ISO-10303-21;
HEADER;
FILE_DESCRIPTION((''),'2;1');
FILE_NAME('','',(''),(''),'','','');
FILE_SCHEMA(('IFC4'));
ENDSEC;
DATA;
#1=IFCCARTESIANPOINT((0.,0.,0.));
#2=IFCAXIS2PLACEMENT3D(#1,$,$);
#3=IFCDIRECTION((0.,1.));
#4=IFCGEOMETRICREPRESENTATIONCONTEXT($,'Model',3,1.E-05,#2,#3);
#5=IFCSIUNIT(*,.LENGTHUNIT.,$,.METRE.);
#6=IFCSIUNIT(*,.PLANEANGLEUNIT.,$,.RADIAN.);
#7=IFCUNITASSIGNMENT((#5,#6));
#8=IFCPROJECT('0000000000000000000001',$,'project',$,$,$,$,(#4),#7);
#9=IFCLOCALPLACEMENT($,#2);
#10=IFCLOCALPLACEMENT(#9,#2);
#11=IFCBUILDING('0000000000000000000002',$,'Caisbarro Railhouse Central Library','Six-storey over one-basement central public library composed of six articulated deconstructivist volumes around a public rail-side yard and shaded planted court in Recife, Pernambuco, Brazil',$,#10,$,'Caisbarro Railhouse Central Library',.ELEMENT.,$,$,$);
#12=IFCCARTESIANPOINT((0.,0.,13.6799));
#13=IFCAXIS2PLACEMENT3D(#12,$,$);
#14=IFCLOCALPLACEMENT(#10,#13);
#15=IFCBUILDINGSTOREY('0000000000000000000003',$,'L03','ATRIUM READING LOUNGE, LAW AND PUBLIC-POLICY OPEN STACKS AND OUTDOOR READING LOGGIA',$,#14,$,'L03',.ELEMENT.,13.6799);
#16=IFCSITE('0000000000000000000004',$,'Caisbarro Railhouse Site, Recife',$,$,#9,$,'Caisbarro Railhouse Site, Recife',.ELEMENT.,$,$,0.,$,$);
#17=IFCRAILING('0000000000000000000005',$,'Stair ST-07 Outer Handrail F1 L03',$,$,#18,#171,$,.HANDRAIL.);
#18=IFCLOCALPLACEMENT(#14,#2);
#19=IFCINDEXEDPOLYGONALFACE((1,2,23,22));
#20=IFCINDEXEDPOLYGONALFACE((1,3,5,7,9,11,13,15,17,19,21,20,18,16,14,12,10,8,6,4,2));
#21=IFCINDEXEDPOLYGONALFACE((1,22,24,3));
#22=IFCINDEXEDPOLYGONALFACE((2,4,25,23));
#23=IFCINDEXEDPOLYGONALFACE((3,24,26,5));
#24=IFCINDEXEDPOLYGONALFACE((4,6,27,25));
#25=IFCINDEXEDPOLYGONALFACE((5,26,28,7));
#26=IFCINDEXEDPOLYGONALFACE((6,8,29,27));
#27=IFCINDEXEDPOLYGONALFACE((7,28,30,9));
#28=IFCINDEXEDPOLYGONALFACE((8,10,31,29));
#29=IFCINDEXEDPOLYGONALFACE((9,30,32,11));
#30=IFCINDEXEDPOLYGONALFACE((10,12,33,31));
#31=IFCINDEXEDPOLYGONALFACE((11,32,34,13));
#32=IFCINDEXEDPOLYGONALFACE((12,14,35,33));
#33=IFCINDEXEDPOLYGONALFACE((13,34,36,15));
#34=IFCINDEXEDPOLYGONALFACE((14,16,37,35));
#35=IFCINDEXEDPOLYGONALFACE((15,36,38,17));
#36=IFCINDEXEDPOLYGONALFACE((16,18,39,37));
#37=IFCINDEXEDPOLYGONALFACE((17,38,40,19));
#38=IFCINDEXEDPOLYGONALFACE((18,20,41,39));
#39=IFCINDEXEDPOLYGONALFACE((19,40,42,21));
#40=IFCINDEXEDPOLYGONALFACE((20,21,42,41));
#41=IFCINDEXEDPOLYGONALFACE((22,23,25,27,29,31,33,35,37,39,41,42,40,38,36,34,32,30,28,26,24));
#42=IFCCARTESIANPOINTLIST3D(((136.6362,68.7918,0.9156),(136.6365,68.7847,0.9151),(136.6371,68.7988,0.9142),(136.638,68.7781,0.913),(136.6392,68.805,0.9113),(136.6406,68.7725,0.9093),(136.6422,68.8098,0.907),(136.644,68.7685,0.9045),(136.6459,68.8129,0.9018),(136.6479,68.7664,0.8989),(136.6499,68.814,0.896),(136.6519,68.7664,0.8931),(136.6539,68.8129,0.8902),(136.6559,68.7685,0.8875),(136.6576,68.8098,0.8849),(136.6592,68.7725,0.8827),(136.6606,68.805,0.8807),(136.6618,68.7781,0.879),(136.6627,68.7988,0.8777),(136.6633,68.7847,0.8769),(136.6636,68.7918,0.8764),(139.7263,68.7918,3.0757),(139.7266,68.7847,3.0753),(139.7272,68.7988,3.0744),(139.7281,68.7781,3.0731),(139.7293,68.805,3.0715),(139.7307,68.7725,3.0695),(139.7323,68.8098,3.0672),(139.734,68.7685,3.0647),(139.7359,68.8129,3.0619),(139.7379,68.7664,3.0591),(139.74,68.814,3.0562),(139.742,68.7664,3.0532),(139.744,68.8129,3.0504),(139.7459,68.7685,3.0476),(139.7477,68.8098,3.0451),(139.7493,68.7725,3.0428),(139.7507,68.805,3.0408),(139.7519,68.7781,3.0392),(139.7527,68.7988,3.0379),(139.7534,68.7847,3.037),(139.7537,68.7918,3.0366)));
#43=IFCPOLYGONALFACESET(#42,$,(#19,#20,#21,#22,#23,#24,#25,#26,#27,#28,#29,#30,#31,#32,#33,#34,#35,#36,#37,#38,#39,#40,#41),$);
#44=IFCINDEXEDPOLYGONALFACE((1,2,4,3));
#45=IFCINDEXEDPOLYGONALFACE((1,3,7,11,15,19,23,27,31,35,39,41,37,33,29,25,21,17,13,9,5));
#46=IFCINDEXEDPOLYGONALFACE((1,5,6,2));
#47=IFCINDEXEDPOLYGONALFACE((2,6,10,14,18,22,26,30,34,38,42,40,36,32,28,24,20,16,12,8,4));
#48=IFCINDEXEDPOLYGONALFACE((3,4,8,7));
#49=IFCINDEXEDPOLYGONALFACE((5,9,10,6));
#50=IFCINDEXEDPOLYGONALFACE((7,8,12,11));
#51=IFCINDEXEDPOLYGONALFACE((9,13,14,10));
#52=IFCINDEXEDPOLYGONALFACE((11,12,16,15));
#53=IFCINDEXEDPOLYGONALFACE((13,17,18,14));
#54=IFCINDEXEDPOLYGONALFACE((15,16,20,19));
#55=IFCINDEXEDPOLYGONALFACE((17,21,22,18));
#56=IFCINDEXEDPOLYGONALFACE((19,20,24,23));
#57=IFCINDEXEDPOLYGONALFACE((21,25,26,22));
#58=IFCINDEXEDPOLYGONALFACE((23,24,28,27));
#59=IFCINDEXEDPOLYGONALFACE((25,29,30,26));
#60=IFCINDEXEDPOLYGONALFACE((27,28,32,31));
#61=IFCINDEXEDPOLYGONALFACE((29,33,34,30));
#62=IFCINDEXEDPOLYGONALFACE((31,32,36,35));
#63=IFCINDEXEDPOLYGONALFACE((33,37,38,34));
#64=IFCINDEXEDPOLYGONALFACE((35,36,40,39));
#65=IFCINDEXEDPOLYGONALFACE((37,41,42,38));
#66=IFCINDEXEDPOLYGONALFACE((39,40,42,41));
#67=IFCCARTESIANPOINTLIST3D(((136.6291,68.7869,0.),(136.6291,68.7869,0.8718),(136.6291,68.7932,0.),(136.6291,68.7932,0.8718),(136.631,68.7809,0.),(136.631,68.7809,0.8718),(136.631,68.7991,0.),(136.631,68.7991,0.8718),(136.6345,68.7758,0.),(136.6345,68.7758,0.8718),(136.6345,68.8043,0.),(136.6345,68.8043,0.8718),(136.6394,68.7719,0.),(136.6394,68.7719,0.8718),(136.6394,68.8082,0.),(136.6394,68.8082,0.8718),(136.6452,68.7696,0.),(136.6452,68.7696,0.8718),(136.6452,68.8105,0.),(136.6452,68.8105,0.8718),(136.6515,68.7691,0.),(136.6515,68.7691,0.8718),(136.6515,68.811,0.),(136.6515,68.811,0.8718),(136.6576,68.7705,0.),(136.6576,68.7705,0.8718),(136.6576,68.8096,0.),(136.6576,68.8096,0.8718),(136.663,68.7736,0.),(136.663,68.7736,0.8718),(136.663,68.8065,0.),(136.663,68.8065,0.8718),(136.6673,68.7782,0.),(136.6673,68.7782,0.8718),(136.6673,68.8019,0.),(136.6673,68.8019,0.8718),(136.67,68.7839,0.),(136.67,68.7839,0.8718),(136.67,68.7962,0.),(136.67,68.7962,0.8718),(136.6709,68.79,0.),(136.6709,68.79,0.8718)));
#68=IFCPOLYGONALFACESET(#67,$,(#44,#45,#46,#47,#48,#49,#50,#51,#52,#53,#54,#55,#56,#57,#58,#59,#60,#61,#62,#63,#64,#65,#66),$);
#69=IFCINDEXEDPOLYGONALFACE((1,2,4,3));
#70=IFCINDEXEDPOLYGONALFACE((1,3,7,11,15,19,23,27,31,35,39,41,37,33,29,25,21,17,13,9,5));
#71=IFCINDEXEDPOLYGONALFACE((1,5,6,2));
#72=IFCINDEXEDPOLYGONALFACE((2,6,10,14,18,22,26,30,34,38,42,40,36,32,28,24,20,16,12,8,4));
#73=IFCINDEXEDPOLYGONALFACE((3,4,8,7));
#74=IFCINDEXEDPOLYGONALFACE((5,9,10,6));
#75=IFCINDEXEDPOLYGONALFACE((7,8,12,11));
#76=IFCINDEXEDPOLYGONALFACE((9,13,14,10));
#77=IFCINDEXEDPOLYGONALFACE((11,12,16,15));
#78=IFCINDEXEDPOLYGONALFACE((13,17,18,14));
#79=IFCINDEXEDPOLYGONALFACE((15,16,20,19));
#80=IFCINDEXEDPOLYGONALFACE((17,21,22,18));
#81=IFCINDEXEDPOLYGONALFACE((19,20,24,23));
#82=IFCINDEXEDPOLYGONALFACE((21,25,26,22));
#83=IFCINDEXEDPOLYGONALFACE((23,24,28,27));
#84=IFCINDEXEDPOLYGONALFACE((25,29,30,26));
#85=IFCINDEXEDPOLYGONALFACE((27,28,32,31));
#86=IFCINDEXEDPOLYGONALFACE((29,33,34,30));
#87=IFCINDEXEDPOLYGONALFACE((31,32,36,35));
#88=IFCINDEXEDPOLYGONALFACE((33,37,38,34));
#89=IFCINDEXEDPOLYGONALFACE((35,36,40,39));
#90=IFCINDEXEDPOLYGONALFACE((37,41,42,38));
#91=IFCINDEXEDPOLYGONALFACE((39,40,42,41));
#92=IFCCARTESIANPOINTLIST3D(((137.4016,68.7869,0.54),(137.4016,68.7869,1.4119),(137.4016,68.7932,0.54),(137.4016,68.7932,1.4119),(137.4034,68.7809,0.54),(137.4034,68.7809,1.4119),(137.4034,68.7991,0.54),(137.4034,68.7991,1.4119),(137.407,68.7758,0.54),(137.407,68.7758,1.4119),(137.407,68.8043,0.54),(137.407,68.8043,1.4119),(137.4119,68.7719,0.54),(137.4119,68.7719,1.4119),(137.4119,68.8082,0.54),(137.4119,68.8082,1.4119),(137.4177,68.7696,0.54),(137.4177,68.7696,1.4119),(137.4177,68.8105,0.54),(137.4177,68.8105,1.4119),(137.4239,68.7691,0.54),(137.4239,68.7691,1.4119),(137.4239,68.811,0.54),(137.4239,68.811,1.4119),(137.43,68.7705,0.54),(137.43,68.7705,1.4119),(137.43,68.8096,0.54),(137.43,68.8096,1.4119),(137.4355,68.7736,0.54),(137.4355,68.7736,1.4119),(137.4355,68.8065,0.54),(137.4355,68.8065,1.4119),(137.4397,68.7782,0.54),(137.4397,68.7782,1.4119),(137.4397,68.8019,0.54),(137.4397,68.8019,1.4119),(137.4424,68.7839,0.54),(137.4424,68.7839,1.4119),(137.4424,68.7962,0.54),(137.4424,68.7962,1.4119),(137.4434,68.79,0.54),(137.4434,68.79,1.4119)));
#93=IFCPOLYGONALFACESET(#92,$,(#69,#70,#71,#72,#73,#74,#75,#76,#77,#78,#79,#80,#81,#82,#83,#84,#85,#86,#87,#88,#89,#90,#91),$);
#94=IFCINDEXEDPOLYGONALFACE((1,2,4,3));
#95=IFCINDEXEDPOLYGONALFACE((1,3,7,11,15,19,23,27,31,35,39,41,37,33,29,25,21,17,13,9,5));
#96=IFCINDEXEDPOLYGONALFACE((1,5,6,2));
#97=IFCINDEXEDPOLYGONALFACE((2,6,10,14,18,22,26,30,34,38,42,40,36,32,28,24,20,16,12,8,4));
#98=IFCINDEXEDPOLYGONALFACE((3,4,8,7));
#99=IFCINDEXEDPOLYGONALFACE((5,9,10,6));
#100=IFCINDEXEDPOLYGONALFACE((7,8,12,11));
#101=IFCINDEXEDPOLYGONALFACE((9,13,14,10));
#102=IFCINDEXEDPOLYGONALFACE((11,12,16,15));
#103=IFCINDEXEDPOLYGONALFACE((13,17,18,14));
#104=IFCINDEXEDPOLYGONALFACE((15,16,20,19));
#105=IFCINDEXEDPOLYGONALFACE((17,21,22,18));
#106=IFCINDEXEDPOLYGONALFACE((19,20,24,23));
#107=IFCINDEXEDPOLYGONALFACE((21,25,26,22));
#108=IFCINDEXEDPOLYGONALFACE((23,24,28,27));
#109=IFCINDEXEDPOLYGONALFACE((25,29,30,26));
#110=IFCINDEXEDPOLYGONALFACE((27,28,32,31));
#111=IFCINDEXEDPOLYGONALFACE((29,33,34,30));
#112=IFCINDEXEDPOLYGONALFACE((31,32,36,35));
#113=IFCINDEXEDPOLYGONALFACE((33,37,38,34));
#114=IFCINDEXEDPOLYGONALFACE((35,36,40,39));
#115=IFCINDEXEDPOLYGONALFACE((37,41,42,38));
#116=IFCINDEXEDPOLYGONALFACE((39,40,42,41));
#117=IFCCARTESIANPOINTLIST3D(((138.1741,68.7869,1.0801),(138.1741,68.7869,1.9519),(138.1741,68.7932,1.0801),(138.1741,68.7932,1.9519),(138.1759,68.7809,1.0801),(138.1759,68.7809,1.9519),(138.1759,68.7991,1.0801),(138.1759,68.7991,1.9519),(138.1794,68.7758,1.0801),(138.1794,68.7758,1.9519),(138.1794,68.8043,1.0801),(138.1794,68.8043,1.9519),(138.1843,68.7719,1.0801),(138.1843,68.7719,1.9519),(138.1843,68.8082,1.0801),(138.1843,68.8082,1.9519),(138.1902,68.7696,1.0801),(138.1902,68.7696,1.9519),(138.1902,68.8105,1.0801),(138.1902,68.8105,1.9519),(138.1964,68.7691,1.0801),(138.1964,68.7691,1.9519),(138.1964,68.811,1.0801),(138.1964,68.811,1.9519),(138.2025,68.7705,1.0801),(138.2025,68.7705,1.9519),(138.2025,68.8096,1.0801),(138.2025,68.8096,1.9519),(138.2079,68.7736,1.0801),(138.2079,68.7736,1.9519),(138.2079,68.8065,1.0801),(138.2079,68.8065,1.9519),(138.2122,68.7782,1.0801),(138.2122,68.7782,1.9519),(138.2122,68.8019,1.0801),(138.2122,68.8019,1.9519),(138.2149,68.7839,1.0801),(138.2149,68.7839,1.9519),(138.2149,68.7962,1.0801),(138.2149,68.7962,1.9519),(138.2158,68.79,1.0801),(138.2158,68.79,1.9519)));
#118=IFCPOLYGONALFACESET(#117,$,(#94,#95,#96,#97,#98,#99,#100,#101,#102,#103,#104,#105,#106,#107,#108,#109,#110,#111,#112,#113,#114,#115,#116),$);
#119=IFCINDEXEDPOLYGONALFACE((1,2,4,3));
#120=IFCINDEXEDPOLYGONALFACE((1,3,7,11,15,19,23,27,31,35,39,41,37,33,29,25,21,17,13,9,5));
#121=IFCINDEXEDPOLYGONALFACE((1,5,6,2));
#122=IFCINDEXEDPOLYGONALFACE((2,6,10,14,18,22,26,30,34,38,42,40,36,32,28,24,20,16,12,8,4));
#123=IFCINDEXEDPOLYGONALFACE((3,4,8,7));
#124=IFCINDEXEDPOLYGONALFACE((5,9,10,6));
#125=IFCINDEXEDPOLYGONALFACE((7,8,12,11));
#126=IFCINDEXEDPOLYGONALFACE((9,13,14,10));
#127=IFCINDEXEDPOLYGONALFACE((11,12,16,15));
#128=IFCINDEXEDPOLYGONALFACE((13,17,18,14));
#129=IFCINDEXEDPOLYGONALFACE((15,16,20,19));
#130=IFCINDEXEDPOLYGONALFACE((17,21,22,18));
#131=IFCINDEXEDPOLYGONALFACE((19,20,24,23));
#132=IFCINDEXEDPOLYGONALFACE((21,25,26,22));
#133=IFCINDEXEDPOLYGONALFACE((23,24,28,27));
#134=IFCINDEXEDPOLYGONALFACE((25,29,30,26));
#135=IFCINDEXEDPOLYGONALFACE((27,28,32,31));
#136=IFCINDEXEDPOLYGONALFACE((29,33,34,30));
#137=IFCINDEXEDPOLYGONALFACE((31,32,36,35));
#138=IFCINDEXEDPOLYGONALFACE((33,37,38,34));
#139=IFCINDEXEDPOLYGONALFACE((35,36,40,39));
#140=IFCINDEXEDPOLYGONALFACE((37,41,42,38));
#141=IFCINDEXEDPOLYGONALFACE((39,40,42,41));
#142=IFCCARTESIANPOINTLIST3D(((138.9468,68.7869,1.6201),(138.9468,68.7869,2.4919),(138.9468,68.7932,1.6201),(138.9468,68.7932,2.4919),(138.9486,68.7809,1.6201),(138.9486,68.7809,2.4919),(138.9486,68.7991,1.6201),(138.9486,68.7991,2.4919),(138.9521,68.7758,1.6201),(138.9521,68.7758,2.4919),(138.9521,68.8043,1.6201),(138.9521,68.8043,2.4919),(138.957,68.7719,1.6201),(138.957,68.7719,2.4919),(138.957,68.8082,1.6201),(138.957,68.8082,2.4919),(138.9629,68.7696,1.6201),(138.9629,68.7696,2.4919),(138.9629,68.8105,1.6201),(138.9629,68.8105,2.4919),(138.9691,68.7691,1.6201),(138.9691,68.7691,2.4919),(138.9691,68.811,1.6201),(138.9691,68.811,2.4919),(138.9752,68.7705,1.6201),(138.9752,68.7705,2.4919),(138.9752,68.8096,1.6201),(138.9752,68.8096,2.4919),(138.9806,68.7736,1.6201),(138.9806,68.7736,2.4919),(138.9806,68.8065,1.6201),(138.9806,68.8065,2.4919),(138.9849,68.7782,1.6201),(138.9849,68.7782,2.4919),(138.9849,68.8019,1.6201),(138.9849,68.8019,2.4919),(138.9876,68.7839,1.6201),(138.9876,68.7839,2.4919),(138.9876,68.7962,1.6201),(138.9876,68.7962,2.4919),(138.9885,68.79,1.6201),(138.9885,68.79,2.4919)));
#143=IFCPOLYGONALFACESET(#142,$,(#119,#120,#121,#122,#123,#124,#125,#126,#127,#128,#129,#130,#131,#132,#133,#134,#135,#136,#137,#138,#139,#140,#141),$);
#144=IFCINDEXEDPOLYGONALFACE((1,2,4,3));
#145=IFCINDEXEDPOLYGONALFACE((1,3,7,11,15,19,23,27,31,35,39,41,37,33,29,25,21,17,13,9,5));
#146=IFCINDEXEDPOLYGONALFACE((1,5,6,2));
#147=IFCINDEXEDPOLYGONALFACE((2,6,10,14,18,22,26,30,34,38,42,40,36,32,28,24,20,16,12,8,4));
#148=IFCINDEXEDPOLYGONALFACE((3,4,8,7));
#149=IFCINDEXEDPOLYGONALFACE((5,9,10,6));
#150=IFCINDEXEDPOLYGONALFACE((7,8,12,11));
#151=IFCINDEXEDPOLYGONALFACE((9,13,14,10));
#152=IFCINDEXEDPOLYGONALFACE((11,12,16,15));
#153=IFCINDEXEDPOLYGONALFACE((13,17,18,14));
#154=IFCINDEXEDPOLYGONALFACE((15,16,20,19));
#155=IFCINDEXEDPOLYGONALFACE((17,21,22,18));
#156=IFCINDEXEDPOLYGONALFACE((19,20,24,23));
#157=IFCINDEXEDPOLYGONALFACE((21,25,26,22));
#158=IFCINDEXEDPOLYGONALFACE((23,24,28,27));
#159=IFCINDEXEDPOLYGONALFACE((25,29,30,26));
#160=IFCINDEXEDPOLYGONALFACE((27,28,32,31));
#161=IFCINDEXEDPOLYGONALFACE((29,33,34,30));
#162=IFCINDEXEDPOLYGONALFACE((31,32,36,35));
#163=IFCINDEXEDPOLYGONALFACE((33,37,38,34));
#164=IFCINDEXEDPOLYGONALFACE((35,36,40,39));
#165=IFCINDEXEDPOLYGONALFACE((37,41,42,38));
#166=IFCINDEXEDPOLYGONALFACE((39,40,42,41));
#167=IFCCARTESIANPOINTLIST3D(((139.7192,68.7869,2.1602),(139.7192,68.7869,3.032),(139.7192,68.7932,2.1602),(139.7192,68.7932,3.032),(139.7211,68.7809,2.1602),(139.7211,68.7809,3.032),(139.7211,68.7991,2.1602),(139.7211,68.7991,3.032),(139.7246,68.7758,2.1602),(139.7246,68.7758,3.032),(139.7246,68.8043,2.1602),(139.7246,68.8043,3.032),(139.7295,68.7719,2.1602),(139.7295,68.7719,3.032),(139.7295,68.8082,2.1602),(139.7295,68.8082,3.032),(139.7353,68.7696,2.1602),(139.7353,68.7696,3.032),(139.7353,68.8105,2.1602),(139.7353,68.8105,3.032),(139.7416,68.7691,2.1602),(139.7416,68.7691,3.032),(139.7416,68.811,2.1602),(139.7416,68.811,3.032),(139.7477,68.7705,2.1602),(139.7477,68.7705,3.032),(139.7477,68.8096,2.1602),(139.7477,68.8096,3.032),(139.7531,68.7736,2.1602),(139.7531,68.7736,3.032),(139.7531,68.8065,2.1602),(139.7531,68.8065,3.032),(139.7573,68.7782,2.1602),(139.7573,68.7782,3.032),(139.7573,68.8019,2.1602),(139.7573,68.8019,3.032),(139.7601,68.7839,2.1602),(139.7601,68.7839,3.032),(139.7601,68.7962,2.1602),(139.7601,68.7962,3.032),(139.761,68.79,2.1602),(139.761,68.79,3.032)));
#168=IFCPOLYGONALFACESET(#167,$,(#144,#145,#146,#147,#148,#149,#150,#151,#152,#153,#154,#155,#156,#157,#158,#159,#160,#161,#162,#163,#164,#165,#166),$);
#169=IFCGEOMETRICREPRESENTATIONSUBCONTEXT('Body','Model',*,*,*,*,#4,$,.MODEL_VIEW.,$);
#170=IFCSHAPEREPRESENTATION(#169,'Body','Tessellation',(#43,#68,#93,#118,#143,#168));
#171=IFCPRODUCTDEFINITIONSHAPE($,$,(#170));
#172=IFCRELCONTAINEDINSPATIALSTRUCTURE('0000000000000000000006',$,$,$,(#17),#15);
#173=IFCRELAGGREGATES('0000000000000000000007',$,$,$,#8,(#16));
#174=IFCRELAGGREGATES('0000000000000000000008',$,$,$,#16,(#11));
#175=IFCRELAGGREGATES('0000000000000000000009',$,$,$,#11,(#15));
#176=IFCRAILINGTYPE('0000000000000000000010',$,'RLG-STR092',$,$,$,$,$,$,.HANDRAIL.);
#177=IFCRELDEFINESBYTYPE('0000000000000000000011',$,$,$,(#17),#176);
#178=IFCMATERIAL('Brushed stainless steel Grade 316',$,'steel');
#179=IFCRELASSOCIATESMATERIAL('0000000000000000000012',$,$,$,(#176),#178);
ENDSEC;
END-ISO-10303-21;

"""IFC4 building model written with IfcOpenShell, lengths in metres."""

from ifc_helpers import new_model, si_unit, direction, frame, origin, origin_2d, place, context, subcontext, project, spatial, circle, extrude, material, type_object, element, save


model = new_model("IFC4")

# Units and contexts
model_context = context("Model", 3, precision=1e-05, world=origin(), true_north=direction((0.0, 1.0)))
body_context = subcontext(model_context, "Body", "Model", "MODEL_VIEW")
ifc_project = project(units=[si_unit("LENGTHUNIT", "METRE"), si_unit("PLANEANGLEUNIT", "RADIAN")], contexts=[model_context])

# Site, building, storey
site_placement = place(None, origin())
site = spatial("IfcSite", under=ifc_project, at=site_placement, Name="Caisbarro Railhouse Site, Recife", LongName="Caisbarro Railhouse Site, Recife", CompositionType="ELEMENT", RefElevation=0.0)
building_placement = place(site_placement, origin())
building = spatial("IfcBuilding", under=site, at=building_placement, Name="Caisbarro Railhouse Central Library", Description="Six-storey over one-basement central public library composed of six articulated deconstructivist volumes around a public rail-side yard and shaded planted court in Recife, Pernambuco, Brazil", LongName="Caisbarro Railhouse Central Library", CompositionType="ELEMENT")
storey_placement = place(building_placement, frame((0.0, 0.0, 13.6799)))
storey = spatial("IfcBuildingStorey", under=building, at=storey_placement, Name="L03", Description="ATRIUM READING LOUNGE, LAW AND PUBLIC-POLICY OPEN STACKS AND OUTDOOR READING LOGGIA", LongName="L03", CompositionType="ELEMENT", Elevation=13.6799)

# Railing
ifc_material_1 = material(Name="Brushed stainless steel Grade 316", Category="steel")
railing_type_1 = type_object("IfcRailingType", Name="RLG-STR092", PredefinedType="HANDRAIL", material=ifc_material_1)
railing_1_placement = place(storey_placement, frame((136.6499, 68.79, 0.0)))
element("IfcRailing", 1, at=railing_1_placement, inside=storey, type_object=railing_type_1, Name="Stair ST-07 Outer Handrail F1 L03", PredefinedType="HANDRAIL", context=body_context, shape_type="SweptSolid", body=[
    extrude(circle(Radius=0.0239, at=origin_2d()), frame((0.0, 0.0, 0.896), z_axis=(0.819594, 0.0, 0.572945), x_axis=(0.0, 1.0, 0.0)), (0.0, 0.0, 1.0), 3.7703),
    extrude(circle(Radius=0.021, at=origin_2d()), origin(), (0.0, 0.0, 1.0), 0.8718),
    extrude(circle(Radius=0.021, at=origin_2d()), frame((0.7725, 0.0, 0.54)), (0.0, 0.0, 1.0), 0.8718),
    extrude(circle(Radius=0.021, at=origin_2d()), frame((1.5449, 0.0, 1.0801)), (0.0, 0.0, 1.0), 0.8718),
    extrude(circle(Radius=0.021, at=origin_2d()), frame((2.3176, 0.0, 1.6201)), (0.0, 0.0, 1.0), 0.8718),
    extrude(circle(Radius=0.021, at=origin_2d()), frame((3.0901, 0.0, 2.1602)), (0.0, 0.0, 1.0), 0.8718),
])

save(model, "model.ifc")
